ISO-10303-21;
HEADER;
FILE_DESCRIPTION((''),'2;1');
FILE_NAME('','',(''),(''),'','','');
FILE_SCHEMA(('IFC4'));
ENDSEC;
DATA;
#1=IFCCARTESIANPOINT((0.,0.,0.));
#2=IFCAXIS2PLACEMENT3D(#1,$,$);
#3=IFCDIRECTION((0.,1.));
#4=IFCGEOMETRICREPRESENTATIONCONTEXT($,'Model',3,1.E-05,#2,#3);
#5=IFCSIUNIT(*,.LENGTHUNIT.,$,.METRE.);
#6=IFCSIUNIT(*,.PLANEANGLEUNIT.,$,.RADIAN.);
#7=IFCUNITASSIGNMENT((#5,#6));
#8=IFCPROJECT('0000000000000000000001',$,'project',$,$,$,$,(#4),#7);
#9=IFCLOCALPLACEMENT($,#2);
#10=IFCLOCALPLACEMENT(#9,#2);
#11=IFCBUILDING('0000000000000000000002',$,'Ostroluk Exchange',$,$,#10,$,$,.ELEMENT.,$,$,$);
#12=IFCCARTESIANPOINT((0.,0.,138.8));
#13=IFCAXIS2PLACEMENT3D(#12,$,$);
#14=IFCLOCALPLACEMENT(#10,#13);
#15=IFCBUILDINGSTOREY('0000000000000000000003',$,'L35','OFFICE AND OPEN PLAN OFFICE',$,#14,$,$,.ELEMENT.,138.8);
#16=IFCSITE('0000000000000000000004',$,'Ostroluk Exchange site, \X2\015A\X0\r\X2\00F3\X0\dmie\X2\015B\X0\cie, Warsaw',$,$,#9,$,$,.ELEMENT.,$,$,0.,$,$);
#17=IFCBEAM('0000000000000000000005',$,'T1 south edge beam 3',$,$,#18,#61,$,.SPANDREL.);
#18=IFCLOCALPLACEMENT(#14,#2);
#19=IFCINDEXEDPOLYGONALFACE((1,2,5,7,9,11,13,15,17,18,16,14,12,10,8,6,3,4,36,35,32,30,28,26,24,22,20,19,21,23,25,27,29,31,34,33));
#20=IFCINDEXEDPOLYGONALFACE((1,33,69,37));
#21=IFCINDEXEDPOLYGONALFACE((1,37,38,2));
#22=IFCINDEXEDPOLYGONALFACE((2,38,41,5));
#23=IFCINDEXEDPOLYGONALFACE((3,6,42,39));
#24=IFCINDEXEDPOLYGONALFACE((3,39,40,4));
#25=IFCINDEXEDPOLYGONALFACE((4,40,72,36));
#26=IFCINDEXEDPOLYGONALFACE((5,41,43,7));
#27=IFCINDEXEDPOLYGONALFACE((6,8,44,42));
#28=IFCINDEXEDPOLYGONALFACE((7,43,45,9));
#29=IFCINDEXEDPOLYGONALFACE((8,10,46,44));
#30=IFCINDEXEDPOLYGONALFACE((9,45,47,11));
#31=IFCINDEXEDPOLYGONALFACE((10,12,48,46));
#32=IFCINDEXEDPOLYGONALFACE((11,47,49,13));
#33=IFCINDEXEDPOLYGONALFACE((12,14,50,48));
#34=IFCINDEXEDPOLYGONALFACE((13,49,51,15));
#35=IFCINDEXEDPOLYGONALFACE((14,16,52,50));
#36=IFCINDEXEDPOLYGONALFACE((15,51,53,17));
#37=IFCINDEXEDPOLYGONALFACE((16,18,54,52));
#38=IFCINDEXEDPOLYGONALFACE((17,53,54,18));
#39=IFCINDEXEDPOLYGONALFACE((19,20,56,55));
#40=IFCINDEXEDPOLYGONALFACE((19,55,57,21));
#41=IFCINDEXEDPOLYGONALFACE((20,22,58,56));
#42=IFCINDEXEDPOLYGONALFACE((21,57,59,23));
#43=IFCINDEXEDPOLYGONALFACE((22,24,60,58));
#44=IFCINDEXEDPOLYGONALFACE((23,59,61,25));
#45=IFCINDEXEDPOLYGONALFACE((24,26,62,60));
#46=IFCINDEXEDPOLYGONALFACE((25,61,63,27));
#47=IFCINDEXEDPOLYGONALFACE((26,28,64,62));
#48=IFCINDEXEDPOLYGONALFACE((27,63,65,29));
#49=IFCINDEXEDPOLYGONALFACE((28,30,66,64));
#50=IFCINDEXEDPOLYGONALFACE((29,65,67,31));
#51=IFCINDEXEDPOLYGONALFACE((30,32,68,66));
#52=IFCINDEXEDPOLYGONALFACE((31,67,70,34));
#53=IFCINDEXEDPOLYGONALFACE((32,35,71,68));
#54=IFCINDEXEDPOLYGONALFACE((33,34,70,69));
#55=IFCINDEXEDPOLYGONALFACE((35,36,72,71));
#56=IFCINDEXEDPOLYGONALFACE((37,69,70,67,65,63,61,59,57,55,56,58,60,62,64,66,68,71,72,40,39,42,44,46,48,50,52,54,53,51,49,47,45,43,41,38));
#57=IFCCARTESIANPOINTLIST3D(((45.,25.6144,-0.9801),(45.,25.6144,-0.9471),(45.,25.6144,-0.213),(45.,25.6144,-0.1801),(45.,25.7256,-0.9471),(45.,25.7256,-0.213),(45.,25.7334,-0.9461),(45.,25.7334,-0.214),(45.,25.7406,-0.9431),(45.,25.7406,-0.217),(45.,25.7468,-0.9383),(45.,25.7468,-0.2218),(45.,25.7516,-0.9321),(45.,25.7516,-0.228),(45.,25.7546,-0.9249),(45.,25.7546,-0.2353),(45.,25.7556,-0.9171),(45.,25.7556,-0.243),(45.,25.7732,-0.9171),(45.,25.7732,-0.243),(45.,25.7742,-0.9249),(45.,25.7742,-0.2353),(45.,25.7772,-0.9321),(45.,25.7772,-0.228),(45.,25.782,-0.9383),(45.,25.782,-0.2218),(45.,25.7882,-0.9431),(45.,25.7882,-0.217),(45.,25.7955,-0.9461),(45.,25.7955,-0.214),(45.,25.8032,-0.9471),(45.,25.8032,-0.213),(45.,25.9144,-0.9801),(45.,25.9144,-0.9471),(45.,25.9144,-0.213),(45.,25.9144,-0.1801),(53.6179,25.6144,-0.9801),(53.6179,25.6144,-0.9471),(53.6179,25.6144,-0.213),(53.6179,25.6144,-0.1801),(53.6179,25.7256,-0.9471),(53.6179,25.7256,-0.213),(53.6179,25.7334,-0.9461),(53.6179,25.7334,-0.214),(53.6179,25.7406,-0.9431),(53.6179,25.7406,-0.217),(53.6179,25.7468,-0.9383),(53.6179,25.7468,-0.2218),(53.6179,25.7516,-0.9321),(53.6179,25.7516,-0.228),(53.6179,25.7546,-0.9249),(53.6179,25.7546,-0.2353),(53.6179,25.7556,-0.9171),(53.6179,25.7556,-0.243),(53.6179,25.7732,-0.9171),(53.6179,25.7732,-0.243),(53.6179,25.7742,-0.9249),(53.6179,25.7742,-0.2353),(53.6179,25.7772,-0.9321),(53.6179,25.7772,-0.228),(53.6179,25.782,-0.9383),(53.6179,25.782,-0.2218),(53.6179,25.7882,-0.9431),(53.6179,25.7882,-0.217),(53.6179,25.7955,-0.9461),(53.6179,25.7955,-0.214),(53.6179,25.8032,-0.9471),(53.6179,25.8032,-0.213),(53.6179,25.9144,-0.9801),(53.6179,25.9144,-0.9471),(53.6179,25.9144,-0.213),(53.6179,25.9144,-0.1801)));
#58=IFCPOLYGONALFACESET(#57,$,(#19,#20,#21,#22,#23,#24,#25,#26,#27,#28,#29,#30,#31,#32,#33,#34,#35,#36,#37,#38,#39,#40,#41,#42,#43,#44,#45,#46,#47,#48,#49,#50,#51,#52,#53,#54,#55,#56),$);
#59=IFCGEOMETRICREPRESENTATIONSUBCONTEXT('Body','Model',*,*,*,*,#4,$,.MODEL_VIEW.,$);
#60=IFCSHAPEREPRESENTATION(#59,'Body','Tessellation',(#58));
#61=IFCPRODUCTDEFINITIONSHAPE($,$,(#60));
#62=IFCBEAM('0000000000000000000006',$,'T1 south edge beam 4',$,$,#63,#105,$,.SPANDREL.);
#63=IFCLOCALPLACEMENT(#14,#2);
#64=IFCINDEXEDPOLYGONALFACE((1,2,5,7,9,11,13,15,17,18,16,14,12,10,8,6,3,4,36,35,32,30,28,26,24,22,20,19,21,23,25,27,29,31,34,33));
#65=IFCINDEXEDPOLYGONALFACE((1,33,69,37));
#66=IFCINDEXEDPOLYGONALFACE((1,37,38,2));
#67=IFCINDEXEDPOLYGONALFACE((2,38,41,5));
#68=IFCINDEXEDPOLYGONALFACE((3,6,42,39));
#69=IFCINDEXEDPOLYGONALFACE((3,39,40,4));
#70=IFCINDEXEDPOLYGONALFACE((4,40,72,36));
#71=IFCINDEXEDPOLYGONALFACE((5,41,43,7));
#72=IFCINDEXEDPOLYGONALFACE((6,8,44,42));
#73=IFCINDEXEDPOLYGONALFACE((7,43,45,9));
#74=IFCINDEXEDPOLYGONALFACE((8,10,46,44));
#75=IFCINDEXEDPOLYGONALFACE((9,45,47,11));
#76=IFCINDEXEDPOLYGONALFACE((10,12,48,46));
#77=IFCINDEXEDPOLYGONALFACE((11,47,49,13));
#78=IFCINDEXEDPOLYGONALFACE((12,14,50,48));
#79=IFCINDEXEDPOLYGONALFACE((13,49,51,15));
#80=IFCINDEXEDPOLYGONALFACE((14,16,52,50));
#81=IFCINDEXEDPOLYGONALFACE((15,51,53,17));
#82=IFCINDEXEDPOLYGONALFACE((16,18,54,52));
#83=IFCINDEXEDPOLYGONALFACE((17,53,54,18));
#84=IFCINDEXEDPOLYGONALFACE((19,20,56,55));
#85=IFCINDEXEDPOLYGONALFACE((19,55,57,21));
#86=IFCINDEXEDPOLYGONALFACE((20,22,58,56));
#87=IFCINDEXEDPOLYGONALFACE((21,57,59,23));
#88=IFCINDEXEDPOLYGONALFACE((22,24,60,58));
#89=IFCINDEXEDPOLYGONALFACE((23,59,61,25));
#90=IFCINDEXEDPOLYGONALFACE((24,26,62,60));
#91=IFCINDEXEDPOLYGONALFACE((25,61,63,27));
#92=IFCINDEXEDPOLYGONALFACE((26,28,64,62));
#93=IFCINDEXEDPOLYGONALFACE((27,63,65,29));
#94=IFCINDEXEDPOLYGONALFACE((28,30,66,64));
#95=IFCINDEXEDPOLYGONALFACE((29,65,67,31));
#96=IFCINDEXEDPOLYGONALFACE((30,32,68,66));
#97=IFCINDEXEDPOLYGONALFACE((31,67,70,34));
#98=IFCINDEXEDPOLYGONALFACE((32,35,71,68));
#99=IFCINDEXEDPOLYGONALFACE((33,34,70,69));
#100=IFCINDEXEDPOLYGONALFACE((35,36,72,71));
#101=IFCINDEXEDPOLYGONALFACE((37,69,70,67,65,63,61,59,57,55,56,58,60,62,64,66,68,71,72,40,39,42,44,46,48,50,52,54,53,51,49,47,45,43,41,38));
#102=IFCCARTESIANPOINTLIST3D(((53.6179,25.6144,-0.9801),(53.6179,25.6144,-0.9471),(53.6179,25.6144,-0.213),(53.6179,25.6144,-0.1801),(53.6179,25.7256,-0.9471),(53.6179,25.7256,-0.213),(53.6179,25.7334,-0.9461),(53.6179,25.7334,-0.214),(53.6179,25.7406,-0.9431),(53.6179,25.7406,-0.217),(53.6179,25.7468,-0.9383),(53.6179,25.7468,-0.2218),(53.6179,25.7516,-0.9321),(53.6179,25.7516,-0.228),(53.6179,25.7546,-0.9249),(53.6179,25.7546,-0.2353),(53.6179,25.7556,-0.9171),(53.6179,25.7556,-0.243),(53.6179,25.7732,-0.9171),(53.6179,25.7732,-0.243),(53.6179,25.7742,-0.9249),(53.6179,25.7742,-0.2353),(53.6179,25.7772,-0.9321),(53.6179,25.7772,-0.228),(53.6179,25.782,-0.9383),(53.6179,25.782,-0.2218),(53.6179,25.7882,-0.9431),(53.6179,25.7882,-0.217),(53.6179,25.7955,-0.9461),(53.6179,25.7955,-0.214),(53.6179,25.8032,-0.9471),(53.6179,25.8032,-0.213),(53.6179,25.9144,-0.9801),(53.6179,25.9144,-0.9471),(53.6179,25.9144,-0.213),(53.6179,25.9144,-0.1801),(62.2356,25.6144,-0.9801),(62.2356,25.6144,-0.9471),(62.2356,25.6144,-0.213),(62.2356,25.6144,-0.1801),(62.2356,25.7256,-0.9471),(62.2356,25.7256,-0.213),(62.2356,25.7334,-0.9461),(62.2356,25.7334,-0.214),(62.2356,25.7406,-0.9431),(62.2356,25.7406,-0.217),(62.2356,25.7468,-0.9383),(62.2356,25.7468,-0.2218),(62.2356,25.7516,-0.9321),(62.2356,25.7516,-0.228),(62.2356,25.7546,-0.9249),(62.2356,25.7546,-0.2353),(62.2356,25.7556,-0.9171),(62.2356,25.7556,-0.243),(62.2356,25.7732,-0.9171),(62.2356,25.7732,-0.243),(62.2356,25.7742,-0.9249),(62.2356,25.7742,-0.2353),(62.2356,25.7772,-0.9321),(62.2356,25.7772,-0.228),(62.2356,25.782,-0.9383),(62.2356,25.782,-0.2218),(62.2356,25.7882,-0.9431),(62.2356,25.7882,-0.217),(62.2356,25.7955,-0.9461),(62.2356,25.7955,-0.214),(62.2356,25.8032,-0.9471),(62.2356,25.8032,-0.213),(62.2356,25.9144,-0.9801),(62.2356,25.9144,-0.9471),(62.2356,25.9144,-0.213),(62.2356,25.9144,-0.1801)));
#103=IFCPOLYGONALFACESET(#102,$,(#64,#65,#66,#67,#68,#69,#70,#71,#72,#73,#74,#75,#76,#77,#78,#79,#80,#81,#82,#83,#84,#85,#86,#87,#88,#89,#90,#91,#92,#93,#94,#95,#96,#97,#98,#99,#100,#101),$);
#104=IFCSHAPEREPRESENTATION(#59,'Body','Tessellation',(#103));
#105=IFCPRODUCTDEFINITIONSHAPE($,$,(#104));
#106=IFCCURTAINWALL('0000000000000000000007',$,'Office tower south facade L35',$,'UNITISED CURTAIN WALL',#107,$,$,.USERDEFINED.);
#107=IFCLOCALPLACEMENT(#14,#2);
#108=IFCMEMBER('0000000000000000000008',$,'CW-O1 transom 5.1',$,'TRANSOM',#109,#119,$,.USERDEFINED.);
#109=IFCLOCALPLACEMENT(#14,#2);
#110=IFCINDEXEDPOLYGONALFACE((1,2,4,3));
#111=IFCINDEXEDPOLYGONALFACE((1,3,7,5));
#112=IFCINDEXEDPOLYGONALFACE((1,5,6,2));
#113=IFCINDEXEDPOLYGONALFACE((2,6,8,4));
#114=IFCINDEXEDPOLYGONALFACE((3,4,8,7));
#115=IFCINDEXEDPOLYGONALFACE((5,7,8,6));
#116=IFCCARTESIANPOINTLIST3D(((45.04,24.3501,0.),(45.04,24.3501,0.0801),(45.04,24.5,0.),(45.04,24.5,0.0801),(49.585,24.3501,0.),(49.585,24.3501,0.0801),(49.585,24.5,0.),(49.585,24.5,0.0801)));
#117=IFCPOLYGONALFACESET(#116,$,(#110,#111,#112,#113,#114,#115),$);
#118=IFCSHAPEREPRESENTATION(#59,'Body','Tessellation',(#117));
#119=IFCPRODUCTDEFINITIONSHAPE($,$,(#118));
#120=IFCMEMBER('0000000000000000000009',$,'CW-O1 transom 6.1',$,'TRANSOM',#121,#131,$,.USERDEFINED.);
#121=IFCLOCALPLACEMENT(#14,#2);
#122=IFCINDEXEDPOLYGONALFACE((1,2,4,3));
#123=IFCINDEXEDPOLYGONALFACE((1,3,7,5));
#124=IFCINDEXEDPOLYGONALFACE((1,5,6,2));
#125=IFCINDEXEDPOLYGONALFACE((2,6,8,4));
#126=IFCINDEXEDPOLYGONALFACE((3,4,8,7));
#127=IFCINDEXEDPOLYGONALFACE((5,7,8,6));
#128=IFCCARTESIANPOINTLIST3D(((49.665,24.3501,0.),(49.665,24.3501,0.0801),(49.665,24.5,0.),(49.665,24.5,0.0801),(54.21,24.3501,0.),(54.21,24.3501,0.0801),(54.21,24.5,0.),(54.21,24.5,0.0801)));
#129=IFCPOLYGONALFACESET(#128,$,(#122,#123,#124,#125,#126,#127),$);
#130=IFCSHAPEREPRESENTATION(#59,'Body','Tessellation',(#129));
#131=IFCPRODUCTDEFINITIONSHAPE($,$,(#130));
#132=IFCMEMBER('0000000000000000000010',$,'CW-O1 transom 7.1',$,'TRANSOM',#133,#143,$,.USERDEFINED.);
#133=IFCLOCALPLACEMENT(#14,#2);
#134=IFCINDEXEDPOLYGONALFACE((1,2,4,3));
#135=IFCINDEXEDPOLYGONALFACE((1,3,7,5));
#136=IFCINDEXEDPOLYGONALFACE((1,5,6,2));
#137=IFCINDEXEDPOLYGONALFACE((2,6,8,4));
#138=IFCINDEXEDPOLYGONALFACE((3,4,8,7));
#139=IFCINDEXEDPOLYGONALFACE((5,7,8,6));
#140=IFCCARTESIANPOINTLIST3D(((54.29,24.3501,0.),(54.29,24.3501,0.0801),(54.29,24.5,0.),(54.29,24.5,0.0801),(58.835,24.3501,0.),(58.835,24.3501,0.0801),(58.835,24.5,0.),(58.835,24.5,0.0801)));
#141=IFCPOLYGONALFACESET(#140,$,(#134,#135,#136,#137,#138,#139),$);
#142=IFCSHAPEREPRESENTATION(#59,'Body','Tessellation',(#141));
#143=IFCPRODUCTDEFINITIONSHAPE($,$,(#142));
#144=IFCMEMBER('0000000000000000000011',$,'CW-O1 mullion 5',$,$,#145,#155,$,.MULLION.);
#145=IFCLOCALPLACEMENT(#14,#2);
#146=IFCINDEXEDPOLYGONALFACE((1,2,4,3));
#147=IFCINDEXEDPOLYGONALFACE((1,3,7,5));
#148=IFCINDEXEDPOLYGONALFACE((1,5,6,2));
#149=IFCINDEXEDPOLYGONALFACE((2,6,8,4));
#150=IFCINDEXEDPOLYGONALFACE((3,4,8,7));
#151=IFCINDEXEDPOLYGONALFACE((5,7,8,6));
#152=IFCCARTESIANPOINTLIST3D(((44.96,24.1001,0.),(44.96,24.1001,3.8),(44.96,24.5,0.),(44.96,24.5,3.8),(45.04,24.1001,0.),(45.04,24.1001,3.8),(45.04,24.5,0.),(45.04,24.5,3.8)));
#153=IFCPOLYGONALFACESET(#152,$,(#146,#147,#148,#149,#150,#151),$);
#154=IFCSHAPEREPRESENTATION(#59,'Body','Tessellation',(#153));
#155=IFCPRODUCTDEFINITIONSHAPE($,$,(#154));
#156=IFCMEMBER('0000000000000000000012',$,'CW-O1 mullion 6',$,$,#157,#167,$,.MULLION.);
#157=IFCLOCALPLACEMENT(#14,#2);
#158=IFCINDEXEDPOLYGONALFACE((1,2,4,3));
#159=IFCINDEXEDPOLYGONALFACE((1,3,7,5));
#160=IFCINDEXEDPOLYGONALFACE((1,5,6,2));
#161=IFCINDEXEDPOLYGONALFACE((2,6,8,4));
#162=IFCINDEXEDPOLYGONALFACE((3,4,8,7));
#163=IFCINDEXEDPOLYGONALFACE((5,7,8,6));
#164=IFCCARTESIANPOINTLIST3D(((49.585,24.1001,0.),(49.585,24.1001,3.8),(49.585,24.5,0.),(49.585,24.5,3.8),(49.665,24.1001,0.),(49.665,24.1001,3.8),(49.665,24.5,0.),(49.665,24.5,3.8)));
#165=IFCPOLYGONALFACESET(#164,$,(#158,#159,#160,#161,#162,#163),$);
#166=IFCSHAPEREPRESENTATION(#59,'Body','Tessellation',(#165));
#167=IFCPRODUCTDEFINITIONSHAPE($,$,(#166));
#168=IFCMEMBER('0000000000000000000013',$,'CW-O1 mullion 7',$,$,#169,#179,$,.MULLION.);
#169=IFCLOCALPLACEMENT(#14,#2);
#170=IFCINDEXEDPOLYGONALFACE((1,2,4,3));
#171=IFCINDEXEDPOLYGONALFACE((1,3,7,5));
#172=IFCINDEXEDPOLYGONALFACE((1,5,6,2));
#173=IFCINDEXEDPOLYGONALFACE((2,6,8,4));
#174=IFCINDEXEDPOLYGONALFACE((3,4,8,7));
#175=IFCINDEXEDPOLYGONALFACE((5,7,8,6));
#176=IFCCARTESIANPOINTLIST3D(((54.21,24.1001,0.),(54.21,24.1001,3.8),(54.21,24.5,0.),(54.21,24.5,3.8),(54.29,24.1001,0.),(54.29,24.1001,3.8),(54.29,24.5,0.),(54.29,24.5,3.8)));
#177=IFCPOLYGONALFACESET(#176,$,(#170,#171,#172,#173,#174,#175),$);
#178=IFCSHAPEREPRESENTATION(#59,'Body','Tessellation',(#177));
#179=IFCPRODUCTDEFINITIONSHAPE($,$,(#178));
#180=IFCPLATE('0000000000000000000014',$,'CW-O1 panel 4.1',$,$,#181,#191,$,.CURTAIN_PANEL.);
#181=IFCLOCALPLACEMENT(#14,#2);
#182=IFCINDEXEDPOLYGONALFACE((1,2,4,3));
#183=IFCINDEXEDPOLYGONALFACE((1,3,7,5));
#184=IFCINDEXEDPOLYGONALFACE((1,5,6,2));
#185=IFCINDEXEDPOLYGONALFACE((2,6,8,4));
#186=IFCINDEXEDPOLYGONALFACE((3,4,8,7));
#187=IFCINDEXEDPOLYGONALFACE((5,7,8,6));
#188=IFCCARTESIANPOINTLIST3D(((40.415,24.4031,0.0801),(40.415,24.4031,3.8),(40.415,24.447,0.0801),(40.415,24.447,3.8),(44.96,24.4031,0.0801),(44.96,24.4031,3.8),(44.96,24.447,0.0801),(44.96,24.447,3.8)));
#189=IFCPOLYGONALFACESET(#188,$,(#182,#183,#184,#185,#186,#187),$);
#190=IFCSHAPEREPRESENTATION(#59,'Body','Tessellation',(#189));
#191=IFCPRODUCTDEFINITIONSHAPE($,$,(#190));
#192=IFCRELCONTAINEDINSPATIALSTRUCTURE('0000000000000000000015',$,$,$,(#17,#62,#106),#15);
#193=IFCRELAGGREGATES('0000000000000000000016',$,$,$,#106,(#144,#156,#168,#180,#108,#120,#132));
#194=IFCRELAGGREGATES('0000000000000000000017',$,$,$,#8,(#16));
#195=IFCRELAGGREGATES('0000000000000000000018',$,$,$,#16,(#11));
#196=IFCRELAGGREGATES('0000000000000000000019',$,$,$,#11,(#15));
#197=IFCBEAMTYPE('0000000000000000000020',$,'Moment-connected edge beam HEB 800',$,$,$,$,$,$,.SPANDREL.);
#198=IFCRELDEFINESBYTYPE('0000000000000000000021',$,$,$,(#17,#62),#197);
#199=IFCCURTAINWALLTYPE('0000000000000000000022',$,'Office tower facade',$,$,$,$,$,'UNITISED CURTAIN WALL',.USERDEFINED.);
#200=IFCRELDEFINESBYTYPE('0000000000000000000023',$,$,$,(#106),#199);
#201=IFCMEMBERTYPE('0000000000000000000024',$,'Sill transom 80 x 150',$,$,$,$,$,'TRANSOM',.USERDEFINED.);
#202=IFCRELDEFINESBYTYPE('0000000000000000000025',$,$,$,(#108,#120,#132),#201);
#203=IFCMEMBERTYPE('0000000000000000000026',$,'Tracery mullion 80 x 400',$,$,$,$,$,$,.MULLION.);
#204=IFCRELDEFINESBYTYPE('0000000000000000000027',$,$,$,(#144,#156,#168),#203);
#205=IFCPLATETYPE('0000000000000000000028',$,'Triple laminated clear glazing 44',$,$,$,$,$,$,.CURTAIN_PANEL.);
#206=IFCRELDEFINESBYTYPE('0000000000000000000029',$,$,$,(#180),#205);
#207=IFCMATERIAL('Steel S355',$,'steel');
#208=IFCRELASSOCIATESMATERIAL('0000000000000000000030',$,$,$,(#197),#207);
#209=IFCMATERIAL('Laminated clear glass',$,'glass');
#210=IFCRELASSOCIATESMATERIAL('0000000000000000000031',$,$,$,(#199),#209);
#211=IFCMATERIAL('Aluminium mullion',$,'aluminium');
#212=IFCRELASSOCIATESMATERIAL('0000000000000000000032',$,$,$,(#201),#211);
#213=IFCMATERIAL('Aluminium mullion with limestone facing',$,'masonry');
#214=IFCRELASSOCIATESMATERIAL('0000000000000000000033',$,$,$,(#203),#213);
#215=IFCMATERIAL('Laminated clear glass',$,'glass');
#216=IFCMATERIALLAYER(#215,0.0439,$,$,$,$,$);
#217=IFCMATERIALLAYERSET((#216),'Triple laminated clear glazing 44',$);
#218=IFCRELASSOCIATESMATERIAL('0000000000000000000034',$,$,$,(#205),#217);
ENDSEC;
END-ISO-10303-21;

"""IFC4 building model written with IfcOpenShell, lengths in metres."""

from ifc_helpers import new_model, si_unit, direction, frame, origin, origin_2d, place, context, subcontext, project, spatial, rectangle, i_section, extrude, material, layer, layer_set, material_profile, profile_set, type_object, element, aggregate, save


model = new_model("IFC4")

# Units and contexts
model_context = context("Model", 3, precision=1e-05, world=origin(), true_north=direction((0.0, 1.0)))
body_context = subcontext(model_context, "Body", "Model", "MODEL_VIEW")
ifc_project = project(units=[si_unit("LENGTHUNIT", "METRE"), si_unit("PLANEANGLEUNIT", "RADIAN")], contexts=[model_context])

# Site, building, storey
site_placement = place(None, origin())
site = spatial("IfcSite", under=ifc_project, at=site_placement, Name="Ostroluk Exchange site, Śródmieście, Warsaw", CompositionType="ELEMENT", RefElevation=0.0)
building_placement = place(site_placement, origin())
building = spatial("IfcBuilding", under=site, at=building_placement, Name="Ostroluk Exchange", CompositionType="ELEMENT")
storey_placement = place(building_placement, frame((0.0, 0.0, 138.8)))
storey = spatial("IfcBuildingStorey", under=building, at=storey_placement, Name="L35", Description="OFFICE AND OPEN PLAN OFFICE", CompositionType="ELEMENT", Elevation=138.8)

# Beams
ifc_material_1 = material(Name="Steel S355", Category="steel")
ifc_material_profile_1 = material_profile(ifc_material_1, i_section(OverallWidth=0.3, OverallDepth=0.8, WebThickness=0.0176, FlangeThickness=0.033, FilletRadius=0.03, at=origin_2d()), Name="HEB 800")
ifc_profile_set_1 = profile_set([ifc_material_profile_1], Name="Steel S355")
beam_type_1 = type_object("IfcBeamType", Name="Moment-connected edge beam HEB 800", PredefinedType="SPANDREL", material=ifc_profile_set_1)
beam_1_placement = place(storey_placement, frame((45.0, 25.7644, -0.5801), z_axis=(1.0, 0.0, 0.0), x_axis=(0.0, 1.0, 0.0)))
element("IfcBeam", 1, at=beam_1_placement, inside=storey, type_object=beam_type_1, Name="T1 south edge beam 3", PredefinedType="SPANDREL", context=body_context, shape_type="SweptSolid", body=[
    extrude(i_section(OverallWidth=0.3, OverallDepth=0.8, WebThickness=0.0176, FlangeThickness=0.033, FilletRadius=0.03, at=origin_2d()), origin(), (0.0, 0.0, 1.0), 8.6179),
])
beam_2_placement = place(storey_placement, frame((53.6179, 25.7644, -0.5801), z_axis=(1.0, 0.0, 0.0), x_axis=(0.0, 1.0, 0.0)))
element("IfcBeam", 2, at=beam_2_placement, inside=storey, type_object=beam_type_1, Name="T1 south edge beam 4", PredefinedType="SPANDREL", context=body_context, shape_type="SweptSolid", body=[
    extrude(i_section(OverallWidth=0.3, OverallDepth=0.8, WebThickness=0.0176, FlangeThickness=0.033, FilletRadius=0.03, at=origin_2d()), origin(), (0.0, 0.0, 1.0), 8.6177),
])

# Curtain wall, members, plate
ifc_material_2 = material(Name="Laminated clear glass", Category="glass")
curtain_wall_type = type_object("IfcCurtainWallType", Name="Office tower facade", ElementType="UNITISED CURTAIN WALL", PredefinedType="USERDEFINED", material=ifc_material_2)
curtain_wall_placement = place(storey_placement, origin())
curtain_wall = element("IfcCurtainWall", 3, at=curtain_wall_placement, inside=storey, type_object=curtain_wall_type, Name="Office tower south facade L35", ObjectType="UNITISED CURTAIN WALL", PredefinedType="USERDEFINED")
ifc_material_3 = material(Name="Aluminium mullion", Category="aluminium")
ifc_material_profile_2 = material_profile(ifc_material_3, rectangle(XDim=0.1499, YDim=0.0801, at=origin_2d()), Name="Sill transom 80 x 150")
ifc_profile_set_2 = profile_set([ifc_material_profile_2], Name="Aluminium mullion")
member_type_1 = type_object("IfcMemberType", Name="Sill transom 80 x 150", ElementType="TRANSOM", PredefinedType="USERDEFINED", material=ifc_profile_set_2)
member_1_placement = place(storey_placement, frame((45.04, 24.425, 0.04), z_axis=(1.0, 0.0, 0.0), x_axis=(0.0, 1.0, 0.0)))
member_1 = element("IfcMember", 4, at=member_1_placement, type_object=member_type_1, Name="CW-O1 transom 5.1", ObjectType="TRANSOM", PredefinedType="USERDEFINED", context=body_context, shape_type="SweptSolid", body=[
    extrude(rectangle(XDim=0.1499, YDim=0.0801, at=origin_2d()), origin(), (0.0, 0.0, 1.0), 4.5449),
])
member_2_placement = place(storey_placement, frame((49.665, 24.425, 0.04), z_axis=(1.0, 0.0, 0.0), x_axis=(0.0, 1.0, 0.0)))
member_2 = element("IfcMember", 5, at=member_2_placement, type_object=member_type_1, Name="CW-O1 transom 6.1", ObjectType="TRANSOM", PredefinedType="USERDEFINED", context=body_context, shape_type="SweptSolid", body=[
    extrude(rectangle(XDim=0.1499, YDim=0.0801, at=origin_2d()), origin(), (0.0, 0.0, 1.0), 4.5449),
])
member_3_placement = place(storey_placement, frame((54.29, 24.425, 0.04), z_axis=(1.0, 0.0, 0.0), x_axis=(0.0, 1.0, 0.0)))
member_3 = element("IfcMember", 6, at=member_3_placement, type_object=member_type_1, Name="CW-O1 transom 7.1", ObjectType="TRANSOM", PredefinedType="USERDEFINED", context=body_context, shape_type="SweptSolid", body=[
    extrude(rectangle(XDim=0.1499, YDim=0.0801, at=origin_2d()), origin(), (0.0, 0.0, 1.0), 4.5449),
])
ifc_material_4 = material(Name="Aluminium mullion with limestone facing", Category="masonry")
ifc_material_profile_3 = material_profile(ifc_material_4, rectangle(XDim=0.3999, YDim=0.0801, at=origin_2d()), Name="Tracery mullion 80 x 400")
ifc_profile_set_3 = profile_set([ifc_material_profile_3], Name="Aluminium mullion with limestone facing")
member_type_2 = type_object("IfcMemberType", Name="Tracery mullion 80 x 400", PredefinedType="MULLION", material=ifc_profile_set_3)
member_4_placement = place(storey_placement, frame((45.0, 24.3, 0.0), z_axis=(0.0, 0.0, 1.0), x_axis=(0.0, 1.0, 0.0)))
member_4 = element("IfcMember", 7, at=member_4_placement, type_object=member_type_2, Name="CW-O1 mullion 5", PredefinedType="MULLION", context=body_context, shape_type="SweptSolid", body=[
    extrude(rectangle(XDim=0.3999, YDim=0.0801, at=origin_2d()), origin(), (0.0, 0.0, 1.0), 3.8),
])
member_5_placement = place(storey_placement, frame((49.625, 24.3, 0.0), z_axis=(0.0, 0.0, 1.0), x_axis=(0.0, 1.0, 0.0)))
member_5 = element("IfcMember", 8, at=member_5_placement, type_object=member_type_2, Name="CW-O1 mullion 6", PredefinedType="MULLION", context=body_context, shape_type="SweptSolid", body=[
    extrude(rectangle(XDim=0.3999, YDim=0.0801, at=origin_2d()), origin(), (0.0, 0.0, 1.0), 3.8),
])
member_6_placement = place(storey_placement, frame((54.25, 24.3, 0.0), z_axis=(0.0, 0.0, 1.0), x_axis=(0.0, 1.0, 0.0)))
member_6 = element("IfcMember", 9, at=member_6_placement, type_object=member_type_2, Name="CW-O1 mullion 7", PredefinedType="MULLION", context=body_context, shape_type="SweptSolid", body=[
    extrude(rectangle(XDim=0.3999, YDim=0.0801, at=origin_2d()), origin(), (0.0, 0.0, 1.0), 3.8),
])
ifc_material_5 = material(Name="Laminated clear glass", Category="glass")
ifc_layer_1 = layer(ifc_material_5, 0.0439)
ifc_layer_set_1 = layer_set([ifc_layer_1], Name="Triple laminated clear glazing 44")
plate_type = type_object("IfcPlateType", Name="Triple laminated clear glazing 44", PredefinedType="CURTAIN_PANEL", material=ifc_layer_set_1)
plate_1_placement = place(storey_placement, frame((42.6875, 24.425, 0.0801), z_axis=(0.0, 0.0, 1.0), x_axis=(1.0, 0.0, 0.0)))
plate_1 = element("IfcPlate", 10, at=plate_1_placement, type_object=plate_type, Name="CW-O1 panel 4.1", PredefinedType="CURTAIN_PANEL", context=body_context, shape_type="SweptSolid", body=[
    extrude(rectangle(XDim=4.5449, YDim=0.0439, at=origin_2d()), origin(), (0.0, 0.0, 1.0), 3.72),
])
aggregate(curtain_wall, [member_4, member_5, member_6, plate_1, member_1, member_2, member_3])

save(model, "model.ifc")
